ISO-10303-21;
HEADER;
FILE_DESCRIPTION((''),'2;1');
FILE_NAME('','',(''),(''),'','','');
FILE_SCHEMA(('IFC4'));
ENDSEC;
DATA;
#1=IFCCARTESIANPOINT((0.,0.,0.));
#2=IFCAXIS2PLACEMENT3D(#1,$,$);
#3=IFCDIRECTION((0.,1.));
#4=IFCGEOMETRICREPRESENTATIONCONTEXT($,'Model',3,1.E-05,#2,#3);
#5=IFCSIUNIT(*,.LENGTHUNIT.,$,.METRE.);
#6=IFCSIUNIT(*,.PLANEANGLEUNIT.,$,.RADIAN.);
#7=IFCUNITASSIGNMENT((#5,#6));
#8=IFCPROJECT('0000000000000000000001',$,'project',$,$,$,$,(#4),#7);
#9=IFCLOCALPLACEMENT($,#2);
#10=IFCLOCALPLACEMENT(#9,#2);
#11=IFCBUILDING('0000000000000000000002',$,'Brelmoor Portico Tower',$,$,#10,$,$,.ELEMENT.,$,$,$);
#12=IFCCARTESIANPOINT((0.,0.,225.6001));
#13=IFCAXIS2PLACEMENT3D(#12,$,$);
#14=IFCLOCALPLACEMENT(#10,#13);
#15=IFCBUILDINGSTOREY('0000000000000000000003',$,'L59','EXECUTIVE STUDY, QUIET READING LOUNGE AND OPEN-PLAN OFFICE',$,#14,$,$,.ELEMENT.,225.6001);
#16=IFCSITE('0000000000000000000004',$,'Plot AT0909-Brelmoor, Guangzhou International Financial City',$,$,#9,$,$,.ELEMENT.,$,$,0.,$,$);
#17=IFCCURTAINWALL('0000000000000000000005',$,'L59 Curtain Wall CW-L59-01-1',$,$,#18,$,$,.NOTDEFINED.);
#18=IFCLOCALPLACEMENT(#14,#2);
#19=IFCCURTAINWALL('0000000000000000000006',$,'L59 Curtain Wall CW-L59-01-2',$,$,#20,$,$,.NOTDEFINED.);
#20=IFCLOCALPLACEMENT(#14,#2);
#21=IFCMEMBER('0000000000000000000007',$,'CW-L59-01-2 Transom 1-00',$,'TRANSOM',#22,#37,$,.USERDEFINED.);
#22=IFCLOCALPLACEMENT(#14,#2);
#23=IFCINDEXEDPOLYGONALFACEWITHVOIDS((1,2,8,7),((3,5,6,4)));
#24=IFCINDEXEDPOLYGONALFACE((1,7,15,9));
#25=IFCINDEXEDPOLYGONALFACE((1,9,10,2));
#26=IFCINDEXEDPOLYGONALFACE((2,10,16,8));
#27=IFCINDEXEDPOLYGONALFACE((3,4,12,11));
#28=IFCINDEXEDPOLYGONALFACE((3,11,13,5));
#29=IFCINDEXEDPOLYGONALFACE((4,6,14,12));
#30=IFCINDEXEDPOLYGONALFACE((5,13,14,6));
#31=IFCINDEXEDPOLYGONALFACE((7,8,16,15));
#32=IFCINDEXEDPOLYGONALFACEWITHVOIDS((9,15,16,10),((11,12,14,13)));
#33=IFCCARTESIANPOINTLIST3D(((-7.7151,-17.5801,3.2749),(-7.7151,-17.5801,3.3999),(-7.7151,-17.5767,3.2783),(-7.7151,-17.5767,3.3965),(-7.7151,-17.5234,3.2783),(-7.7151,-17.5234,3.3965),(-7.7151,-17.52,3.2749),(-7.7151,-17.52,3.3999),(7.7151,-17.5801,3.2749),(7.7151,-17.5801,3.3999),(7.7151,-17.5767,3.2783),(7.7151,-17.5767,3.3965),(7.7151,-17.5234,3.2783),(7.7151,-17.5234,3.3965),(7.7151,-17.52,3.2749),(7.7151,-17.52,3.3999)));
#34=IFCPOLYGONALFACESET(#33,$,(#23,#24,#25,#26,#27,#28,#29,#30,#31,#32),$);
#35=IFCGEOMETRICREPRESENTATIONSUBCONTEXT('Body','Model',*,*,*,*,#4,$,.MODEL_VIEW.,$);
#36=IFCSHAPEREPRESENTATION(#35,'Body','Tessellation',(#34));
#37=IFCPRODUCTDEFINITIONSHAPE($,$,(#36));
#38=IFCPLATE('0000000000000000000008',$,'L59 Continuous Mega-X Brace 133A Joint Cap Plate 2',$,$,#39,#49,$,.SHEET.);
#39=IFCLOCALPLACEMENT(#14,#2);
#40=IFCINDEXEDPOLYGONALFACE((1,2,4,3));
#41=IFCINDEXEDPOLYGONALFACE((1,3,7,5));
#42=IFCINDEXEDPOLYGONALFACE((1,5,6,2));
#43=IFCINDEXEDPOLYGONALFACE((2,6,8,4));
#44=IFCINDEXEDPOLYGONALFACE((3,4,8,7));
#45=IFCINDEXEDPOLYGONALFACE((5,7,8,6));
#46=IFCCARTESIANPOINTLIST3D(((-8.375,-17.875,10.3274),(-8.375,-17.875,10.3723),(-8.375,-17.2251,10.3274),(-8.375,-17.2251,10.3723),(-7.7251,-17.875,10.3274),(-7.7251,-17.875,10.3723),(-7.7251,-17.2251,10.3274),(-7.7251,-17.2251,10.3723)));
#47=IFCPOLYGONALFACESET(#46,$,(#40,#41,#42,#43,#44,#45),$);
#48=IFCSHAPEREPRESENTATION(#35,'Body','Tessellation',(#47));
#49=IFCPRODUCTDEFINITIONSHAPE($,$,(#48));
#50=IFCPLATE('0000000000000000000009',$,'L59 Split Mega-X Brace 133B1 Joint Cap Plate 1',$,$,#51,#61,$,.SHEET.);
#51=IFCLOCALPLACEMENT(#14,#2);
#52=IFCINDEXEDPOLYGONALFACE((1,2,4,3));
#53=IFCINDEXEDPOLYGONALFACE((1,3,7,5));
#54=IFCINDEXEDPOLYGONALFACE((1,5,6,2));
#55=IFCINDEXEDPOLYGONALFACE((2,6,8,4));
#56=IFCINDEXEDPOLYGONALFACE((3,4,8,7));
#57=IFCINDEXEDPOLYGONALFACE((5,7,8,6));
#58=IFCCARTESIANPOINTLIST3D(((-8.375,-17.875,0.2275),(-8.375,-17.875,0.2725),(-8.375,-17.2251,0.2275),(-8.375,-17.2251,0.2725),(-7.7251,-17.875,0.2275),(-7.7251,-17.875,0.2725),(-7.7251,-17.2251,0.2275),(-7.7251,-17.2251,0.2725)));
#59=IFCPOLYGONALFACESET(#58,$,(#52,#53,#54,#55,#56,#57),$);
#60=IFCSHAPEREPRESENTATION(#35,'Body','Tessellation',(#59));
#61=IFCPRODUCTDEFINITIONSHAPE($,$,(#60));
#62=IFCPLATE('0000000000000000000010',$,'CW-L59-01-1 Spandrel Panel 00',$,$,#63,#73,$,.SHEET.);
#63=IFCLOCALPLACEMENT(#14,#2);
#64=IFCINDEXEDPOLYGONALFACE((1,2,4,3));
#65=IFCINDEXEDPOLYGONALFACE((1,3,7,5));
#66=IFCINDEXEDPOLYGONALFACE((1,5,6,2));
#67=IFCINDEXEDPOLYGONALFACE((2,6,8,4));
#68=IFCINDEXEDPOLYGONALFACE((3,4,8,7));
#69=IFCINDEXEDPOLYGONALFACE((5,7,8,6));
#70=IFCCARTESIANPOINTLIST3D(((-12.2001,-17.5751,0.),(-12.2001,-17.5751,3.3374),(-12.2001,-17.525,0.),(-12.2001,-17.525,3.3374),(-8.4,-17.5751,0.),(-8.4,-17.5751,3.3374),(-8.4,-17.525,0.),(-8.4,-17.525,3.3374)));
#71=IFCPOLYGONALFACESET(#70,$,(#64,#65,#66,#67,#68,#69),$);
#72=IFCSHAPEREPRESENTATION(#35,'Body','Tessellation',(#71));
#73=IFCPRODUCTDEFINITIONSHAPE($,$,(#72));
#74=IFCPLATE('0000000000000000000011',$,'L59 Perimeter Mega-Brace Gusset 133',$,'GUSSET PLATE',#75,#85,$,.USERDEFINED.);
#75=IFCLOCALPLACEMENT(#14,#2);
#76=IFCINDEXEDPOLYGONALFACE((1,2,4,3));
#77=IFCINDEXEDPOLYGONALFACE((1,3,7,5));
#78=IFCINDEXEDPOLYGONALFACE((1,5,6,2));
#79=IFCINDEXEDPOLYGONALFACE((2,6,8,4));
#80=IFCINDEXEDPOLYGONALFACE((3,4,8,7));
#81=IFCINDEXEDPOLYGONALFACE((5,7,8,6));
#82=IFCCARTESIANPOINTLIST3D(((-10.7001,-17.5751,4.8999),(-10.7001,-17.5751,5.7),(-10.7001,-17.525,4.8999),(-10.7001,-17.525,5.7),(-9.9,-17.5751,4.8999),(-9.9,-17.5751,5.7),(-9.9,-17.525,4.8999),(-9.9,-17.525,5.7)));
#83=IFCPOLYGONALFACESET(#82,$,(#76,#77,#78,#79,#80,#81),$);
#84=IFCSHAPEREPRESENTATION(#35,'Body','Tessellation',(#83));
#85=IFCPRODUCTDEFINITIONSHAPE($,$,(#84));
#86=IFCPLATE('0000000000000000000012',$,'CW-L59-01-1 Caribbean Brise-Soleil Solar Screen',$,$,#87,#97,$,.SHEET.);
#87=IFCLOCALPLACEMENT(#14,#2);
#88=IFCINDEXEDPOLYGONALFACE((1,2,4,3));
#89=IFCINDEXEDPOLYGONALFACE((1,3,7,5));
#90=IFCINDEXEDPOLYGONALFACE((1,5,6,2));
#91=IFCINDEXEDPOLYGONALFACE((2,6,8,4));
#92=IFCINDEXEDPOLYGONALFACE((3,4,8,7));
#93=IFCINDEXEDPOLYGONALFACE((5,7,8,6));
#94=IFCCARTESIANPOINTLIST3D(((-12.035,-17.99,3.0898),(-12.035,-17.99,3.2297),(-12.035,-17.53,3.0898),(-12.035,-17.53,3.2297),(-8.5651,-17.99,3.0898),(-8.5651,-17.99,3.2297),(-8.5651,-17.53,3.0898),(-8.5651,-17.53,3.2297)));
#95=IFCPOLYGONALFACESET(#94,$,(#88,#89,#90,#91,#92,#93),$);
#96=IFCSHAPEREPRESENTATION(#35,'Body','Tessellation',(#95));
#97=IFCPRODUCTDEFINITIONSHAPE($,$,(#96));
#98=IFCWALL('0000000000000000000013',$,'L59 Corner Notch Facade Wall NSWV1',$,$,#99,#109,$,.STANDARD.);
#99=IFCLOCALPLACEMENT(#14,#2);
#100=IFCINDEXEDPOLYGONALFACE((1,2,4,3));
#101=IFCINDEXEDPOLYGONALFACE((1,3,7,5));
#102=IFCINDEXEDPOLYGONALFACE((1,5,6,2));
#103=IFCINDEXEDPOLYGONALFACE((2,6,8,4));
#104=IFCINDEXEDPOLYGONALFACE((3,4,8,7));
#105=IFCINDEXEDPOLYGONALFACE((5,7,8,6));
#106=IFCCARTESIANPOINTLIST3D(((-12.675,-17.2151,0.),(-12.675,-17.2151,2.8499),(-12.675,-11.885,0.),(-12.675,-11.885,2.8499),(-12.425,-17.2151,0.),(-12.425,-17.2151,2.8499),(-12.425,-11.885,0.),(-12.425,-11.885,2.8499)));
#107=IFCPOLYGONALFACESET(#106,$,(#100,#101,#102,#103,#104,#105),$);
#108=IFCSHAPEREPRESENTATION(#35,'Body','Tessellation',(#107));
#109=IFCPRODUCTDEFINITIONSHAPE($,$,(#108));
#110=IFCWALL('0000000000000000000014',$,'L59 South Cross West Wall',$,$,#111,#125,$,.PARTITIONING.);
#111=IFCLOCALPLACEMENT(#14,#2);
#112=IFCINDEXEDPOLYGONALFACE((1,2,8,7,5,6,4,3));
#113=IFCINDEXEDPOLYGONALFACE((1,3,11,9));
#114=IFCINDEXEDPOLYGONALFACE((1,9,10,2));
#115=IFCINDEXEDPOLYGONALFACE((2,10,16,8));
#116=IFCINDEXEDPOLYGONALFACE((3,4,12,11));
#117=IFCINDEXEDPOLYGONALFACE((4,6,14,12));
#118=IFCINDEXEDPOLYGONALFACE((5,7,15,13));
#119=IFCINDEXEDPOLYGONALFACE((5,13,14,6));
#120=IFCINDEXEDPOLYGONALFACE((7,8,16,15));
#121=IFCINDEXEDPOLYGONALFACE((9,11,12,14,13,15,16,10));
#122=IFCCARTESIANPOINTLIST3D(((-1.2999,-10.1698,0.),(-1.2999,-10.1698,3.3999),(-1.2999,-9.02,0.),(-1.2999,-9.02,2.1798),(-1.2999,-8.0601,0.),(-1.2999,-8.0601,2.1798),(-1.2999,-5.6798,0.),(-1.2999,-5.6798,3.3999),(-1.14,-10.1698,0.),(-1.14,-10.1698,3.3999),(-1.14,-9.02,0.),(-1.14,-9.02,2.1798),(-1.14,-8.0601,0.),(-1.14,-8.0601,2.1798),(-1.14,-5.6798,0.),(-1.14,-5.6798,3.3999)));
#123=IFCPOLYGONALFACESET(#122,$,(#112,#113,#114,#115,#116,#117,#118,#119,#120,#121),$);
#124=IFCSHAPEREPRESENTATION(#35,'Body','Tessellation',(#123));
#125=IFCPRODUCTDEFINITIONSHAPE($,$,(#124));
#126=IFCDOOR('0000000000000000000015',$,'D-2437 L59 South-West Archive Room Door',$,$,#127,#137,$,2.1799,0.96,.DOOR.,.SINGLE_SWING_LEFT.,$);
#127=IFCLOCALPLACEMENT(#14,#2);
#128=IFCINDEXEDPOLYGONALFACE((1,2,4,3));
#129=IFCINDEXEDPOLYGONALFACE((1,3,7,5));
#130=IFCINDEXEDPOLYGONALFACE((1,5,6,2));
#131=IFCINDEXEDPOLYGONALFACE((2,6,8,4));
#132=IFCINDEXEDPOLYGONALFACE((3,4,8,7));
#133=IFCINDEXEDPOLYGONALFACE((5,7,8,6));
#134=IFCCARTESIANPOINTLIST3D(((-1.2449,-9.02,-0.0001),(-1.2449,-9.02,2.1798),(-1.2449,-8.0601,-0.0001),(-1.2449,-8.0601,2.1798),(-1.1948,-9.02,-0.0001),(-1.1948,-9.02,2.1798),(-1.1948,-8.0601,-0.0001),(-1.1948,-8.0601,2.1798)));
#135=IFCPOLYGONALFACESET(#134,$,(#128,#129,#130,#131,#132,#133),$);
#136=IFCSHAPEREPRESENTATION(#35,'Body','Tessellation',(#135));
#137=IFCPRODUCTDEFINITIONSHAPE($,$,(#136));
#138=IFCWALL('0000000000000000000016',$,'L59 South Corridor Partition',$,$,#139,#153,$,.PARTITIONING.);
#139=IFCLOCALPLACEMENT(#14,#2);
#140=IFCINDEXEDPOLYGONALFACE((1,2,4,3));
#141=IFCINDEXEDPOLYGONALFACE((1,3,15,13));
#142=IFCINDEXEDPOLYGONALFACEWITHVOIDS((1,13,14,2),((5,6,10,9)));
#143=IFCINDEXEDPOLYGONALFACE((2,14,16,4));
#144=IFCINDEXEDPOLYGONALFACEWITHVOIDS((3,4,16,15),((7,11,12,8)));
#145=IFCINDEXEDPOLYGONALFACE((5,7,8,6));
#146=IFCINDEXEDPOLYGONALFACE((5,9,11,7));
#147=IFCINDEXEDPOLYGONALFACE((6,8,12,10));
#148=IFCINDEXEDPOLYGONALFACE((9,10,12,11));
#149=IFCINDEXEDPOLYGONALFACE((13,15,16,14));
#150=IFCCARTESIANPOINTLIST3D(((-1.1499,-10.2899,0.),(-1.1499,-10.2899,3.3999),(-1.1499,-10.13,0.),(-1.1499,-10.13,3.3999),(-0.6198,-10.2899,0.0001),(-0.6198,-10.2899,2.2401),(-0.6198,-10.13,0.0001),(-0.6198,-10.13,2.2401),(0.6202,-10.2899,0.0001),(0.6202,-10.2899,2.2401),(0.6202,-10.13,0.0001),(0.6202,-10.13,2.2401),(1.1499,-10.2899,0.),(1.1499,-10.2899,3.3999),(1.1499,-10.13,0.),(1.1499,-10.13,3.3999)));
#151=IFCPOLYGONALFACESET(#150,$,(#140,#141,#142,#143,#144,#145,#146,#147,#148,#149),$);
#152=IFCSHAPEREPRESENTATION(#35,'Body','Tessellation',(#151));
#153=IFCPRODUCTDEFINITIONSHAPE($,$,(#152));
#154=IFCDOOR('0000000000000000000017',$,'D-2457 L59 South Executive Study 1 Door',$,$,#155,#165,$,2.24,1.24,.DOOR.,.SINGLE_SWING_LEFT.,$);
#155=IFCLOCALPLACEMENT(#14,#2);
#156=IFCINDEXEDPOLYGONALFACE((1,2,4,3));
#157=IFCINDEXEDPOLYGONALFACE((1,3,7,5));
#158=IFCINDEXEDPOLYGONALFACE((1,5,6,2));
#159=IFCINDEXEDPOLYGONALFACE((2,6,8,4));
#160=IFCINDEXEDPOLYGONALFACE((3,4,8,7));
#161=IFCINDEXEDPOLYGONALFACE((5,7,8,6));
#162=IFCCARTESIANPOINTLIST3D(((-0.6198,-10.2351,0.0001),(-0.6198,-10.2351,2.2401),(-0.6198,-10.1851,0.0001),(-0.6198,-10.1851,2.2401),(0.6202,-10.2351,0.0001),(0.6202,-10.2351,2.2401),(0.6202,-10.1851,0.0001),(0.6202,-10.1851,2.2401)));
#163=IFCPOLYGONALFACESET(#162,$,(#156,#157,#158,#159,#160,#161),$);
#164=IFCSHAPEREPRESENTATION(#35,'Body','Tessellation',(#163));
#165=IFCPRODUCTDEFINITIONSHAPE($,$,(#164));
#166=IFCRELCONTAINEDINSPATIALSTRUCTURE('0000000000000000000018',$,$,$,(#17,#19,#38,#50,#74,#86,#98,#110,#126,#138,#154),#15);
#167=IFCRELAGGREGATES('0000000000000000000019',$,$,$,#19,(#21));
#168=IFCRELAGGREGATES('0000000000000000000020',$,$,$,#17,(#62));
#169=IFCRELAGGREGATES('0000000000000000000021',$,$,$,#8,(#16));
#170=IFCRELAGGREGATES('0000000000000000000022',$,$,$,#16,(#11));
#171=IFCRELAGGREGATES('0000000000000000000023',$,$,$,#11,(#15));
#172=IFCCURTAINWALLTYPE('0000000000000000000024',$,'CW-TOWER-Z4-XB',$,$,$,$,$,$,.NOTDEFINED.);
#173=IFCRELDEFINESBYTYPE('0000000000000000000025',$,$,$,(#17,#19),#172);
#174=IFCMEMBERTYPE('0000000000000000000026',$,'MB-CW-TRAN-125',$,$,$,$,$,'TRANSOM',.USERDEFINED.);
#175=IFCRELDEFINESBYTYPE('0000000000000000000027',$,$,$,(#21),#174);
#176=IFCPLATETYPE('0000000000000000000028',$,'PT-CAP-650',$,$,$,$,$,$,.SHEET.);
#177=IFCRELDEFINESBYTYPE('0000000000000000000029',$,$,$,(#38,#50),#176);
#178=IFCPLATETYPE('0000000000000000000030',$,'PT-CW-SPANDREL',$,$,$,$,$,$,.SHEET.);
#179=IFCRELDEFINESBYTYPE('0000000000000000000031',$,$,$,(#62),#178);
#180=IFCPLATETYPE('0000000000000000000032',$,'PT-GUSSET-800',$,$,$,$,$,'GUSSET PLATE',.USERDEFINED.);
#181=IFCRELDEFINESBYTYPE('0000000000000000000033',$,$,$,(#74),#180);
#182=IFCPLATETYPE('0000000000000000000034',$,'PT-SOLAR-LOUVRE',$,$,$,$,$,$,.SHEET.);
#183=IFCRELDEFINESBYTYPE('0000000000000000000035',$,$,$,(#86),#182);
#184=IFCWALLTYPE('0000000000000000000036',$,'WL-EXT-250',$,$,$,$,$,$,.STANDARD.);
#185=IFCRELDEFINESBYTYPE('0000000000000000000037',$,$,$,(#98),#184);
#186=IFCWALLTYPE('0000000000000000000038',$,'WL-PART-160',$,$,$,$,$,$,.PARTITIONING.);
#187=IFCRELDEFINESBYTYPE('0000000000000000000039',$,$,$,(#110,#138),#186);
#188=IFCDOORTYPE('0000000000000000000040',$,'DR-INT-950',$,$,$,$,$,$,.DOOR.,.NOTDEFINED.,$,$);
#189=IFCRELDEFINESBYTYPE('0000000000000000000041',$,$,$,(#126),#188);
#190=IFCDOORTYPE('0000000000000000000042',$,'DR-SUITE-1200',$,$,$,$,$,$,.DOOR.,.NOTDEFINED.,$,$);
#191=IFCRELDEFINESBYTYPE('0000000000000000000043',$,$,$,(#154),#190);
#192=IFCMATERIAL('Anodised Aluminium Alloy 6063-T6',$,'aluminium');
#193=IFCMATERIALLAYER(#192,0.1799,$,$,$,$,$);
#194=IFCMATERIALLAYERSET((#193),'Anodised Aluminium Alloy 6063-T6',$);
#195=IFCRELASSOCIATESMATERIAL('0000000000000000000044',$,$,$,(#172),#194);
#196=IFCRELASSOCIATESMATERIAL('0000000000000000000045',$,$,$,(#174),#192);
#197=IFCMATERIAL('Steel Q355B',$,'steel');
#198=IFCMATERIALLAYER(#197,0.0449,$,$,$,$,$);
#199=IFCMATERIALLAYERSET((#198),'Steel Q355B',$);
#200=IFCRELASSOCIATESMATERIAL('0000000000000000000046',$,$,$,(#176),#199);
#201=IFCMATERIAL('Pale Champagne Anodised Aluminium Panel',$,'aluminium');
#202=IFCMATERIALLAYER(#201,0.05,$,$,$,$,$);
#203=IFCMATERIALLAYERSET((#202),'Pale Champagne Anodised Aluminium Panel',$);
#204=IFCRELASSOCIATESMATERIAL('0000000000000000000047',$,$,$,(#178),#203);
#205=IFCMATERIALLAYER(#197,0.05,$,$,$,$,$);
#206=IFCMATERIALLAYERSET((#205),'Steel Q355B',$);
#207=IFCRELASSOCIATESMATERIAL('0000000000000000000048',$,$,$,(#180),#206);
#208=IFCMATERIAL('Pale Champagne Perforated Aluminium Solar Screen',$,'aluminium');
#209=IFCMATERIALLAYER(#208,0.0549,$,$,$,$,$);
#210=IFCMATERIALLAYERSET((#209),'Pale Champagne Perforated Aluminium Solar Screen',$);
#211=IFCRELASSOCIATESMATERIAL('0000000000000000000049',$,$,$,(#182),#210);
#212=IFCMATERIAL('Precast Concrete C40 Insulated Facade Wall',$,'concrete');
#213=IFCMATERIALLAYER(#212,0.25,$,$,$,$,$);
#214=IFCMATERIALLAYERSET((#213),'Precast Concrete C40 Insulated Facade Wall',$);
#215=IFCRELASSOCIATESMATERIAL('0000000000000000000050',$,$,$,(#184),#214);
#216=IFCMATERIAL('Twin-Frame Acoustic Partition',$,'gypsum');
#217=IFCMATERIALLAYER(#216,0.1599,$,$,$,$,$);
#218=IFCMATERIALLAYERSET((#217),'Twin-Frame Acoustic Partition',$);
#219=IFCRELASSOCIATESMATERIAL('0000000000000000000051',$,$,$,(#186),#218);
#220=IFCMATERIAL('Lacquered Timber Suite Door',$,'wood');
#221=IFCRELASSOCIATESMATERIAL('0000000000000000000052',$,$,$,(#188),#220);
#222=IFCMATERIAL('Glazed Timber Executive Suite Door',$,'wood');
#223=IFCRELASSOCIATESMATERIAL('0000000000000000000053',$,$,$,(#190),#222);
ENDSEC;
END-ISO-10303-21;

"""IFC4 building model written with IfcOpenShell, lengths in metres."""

from ifc_helpers import new_model, si_unit, direction, frame, frame_2d, origin, origin_2d, place, context, subcontext, project, spatial, rectangle, hollow_rectangle, extrude, material, layer, layer_set, material_profile, profile_set, type_object, element, fill, aggregate, save


model = new_model("IFC4")

# Units and contexts
model_context = context("Model", 3, precision=1e-05, world=origin(), true_north=direction((0.0, 1.0)))
body_context = subcontext(model_context, "Body", "Model", "MODEL_VIEW")
ifc_project = project(units=[si_unit("LENGTHUNIT", "METRE"), si_unit("PLANEANGLEUNIT", "RADIAN")], contexts=[model_context])

# Site, building, storey
site_placement = place(None, origin())
site = spatial("IfcSite", under=ifc_project, at=site_placement, Name="Plot AT0909-Brelmoor, Guangzhou International Financial City", CompositionType="ELEMENT", RefElevation=0.0)
building_placement = place(site_placement, origin())
building = spatial("IfcBuilding", under=site, at=building_placement, Name="Brelmoor Portico Tower", CompositionType="ELEMENT")
storey_placement = place(building_placement, frame((0.0, 0.0, 225.6001)))
storey = spatial("IfcBuildingStorey", under=building, at=storey_placement, Name="L59", Description="EXECUTIVE STUDY, QUIET READING LOUNGE AND OPEN-PLAN OFFICE", CompositionType="ELEMENT", Elevation=225.6001)

# Shared definitions
ifc_material_1 = material(Name="Steel Q355B", Category="steel")

# Curtain wall
ifc_material_2 = material(Name="Anodised Aluminium Alloy 6063-T6", Category="aluminium")
ifc_layer_1 = layer(ifc_material_2, 0.1799)
ifc_layer_set_1 = layer_set([ifc_layer_1], Name="Anodised Aluminium Alloy 6063-T6")
curtain_wall_type = type_object("IfcCurtainWallType", Name="CW-TOWER-Z4-XB", PredefinedType="NOTDEFINED", material=ifc_layer_set_1)
curtain_wall_1_placement = place(storey_placement, origin())
curtain_wall_1 = element("IfcCurtainWall", 1, at=curtain_wall_1_placement, inside=storey, type_object=curtain_wall_type, Name="L59 Curtain Wall CW-L59-01-1", PredefinedType="NOTDEFINED")

# Curtain wall
curtain_wall_2_placement = place(storey_placement, origin())
curtain_wall_2 = element("IfcCurtainWall", 2, at=curtain_wall_2_placement, inside=storey, type_object=curtain_wall_type, Name="L59 Curtain Wall CW-L59-01-2", PredefinedType="NOTDEFINED")

# Member
ifc_material_profile_1 = material_profile(ifc_material_2, hollow_rectangle(XDim=0.0601, YDim=0.125, WallThickness=0.0034, at=origin_2d()), Name="ALU TRANSOM 60x125")
ifc_profile_set_1 = profile_set([ifc_material_profile_1], Name="Anodised Aluminium Alloy 6063-T6")
member_type_1 = type_object("IfcMemberType", Name="MB-CW-TRAN-125", ElementType="TRANSOM", PredefinedType="USERDEFINED", material=ifc_profile_set_1)
member_1_placement = place(storey_placement, frame((-7.7151, -17.55, 3.3374), z_axis=(1.0, 0.0, 0.0), x_axis=(0.0, 1.0, 0.0)))
member_1 = element("IfcMember", 3, at=member_1_placement, type_object=member_type_1, Name="CW-L59-01-2 Transom 1-00", ObjectType="TRANSOM", PredefinedType="USERDEFINED", context=body_context, shape_type="SweptSolid", body=[
    extrude(hollow_rectangle(XDim=0.0601, YDim=0.125, WallThickness=0.0034, at=origin_2d()), origin(), (0.0, 0.0, 1.0), 15.4302),
])
aggregate(curtain_wall_2, [member_1])

# Plates
ifc_layer_2 = layer(ifc_material_1, 0.0449)
ifc_layer_set_2 = layer_set([ifc_layer_2], Name="Steel Q355B")
plate_type_1 = type_object("IfcPlateType", Name="PT-CAP-650", PredefinedType="SHEET", material=ifc_layer_set_2)
for number, where, z_axis, x_axis, name in (
    (4, (-8.05, -17.55, 10.3274), (0.0, 0.0, 1.0), (1.0, 0.0, 0.0), "L59 Continuous Mega-X Brace 133A Joint Cap Plate 2"),
    (5, (-8.05, -17.55, 0.2275), (0.0, 0.0, 1.0), (1.0, 0.0, 0.0), "L59 Split Mega-X Brace 133B1 Joint Cap Plate 1"),
):
    element("IfcPlate", number, at=place(storey_placement, frame(where, z_axis=z_axis, x_axis=x_axis)), inside=storey, type_object=plate_type_1, Name=name, PredefinedType="SHEET", context=body_context, shape_type="SweptSolid", body=[
        extrude(rectangle(XDim=0.6499, YDim=0.6499, at=origin_2d()), origin(), (0.0, 0.0, 1.0), 0.0449),
    ])

# Plate
ifc_material_3 = material(Name="Pale Champagne Anodised Aluminium Panel", Category="aluminium")
ifc_layer_3 = layer(ifc_material_3, 0.05)
ifc_layer_set_3 = layer_set([ifc_layer_3], Name="Pale Champagne Anodised Aluminium Panel")
plate_type_2 = type_object("IfcPlateType", Name="PT-CW-SPANDREL", PredefinedType="SHEET", material=ifc_layer_set_3)
plate_1_placement = place(storey_placement, frame((-10.3, -17.55, 0.0), z_axis=(0.0, 0.0, 1.0), x_axis=(1.0, 0.0, 0.0)))
plate_1 = element("IfcPlate", 6, at=plate_1_placement, type_object=plate_type_2, Name="CW-L59-01-1 Spandrel Panel 00", PredefinedType="SHEET", context=body_context, shape_type="SweptSolid", body=[
    extrude(rectangle(XDim=3.8, YDim=0.05, at=origin_2d()), origin(), (0.0, 0.0, 1.0), 3.3374),
])
aggregate(curtain_wall_1, [plate_1])

# Plates
ifc_layer_4 = layer(ifc_material_1, 0.05)
ifc_layer_set_4 = layer_set([ifc_layer_4], Name="Steel Q355B")
plate_type_3 = type_object("IfcPlateType", Name="PT-GUSSET-800", ElementType="GUSSET PLATE", PredefinedType="USERDEFINED", material=ifc_layer_set_4)
plate_2_placement = place(storey_placement, frame((-10.3, -17.55, 4.8999), z_axis=(0.0, 0.0, 1.0), x_axis=(1.0, 0.0, 0.0)))
element("IfcPlate", 7, at=plate_2_placement, inside=storey, type_object=plate_type_3, Name="L59 Perimeter Mega-Brace Gusset 133", ObjectType="GUSSET PLATE", PredefinedType="USERDEFINED", context=body_context, shape_type="SweptSolid", body=[
    extrude(rectangle(XDim=0.8, YDim=0.05, at=origin_2d()), origin(), (0.0, 0.0, 1.0), 0.8),
])
ifc_material_4 = material(Name="Pale Champagne Perforated Aluminium Solar Screen", Category="aluminium")
ifc_layer_5 = layer(ifc_material_4, 0.0549)
ifc_layer_set_5 = layer_set([ifc_layer_5], Name="Pale Champagne Perforated Aluminium Solar Screen")
plate_type_4 = type_object("IfcPlateType", Name="PT-SOLAR-LOUVRE", PredefinedType="SHEET", material=ifc_layer_set_5)
plate_3_placement = place(storey_placement, frame((-10.3, -17.76, 3.0898), z_axis=(0.0, 0.0, 1.0), x_axis=(1.0, 0.0, 0.0)))
element("IfcPlate", 8, at=plate_3_placement, inside=storey, type_object=plate_type_4, Name="CW-L59-01-1 Caribbean Brise-Soleil Solar Screen", PredefinedType="SHEET", context=body_context, shape_type="SweptSolid", body=[
    extrude(rectangle(XDim=3.47, YDim=0.46, at=origin_2d()), origin(), (0.0, 0.0, 1.0), 0.1399),
])

# Wall
ifc_material_5 = material(Name="Precast Concrete C40 Insulated Facade Wall", Category="concrete")
ifc_layer_6 = layer(ifc_material_5, 0.25)
ifc_layer_set_6 = layer_set([ifc_layer_6], Name="Precast Concrete C40 Insulated Facade Wall")
wall_type_1 = type_object("IfcWallType", Name="WL-EXT-250", PredefinedType="STANDARD", material=ifc_layer_set_6)
wall_1_placement = place(storey_placement, frame((-12.55, -17.2151, 0.0), z_axis=(0.0, 0.0, 1.0), x_axis=(0.0, 1.0, 0.0)))
element("IfcWall", 9, at=wall_1_placement, inside=storey, type_object=wall_type_1, Name="L59 Corner Notch Facade Wall NSWV1", PredefinedType="STANDARD", context=body_context, shape_type="SweptSolid", body=[
    extrude(rectangle(XDim=5.3301, YDim=0.25, at=frame_2d((2.665, 0.0))), origin(), (0.0, 0.0, 1.0), 2.8499),
])

# Walls, openings, doors
ifc_material_6 = material(Name="Twin-Frame Acoustic Partition", Category="gypsum")
ifc_layer_7 = layer(ifc_material_6, 0.1599)
ifc_layer_set_7 = layer_set([ifc_layer_7], Name="Twin-Frame Acoustic Partition")
wall_type_2 = type_object("IfcWallType", Name="WL-PART-160", PredefinedType="PARTITIONING", material=ifc_layer_set_7)
wall_2_placement = place(storey_placement, frame((-1.22, -10.1699, 0.0), z_axis=(0.0, 0.0, 1.0), x_axis=(0.0, 1.0, 0.0)))
wall_2 = element("IfcWall", 10, at=wall_2_placement, inside=storey, type_object=wall_type_2, Name="L59 South Cross West Wall", PredefinedType="PARTITIONING", context=body_context, shape_type="SweptSolid", body=[
    extrude(rectangle(XDim=4.49, YDim=0.1599, at=frame_2d((2.2451, 0.0))), origin(), (0.0, 0.0, 1.0), 3.3999),
])
opening_1_placement = place(wall_2_placement, frame((1.1499, 0.0, 0.0)))
opening_1 = element("IfcOpeningElement", 11, at=opening_1_placement, cuts=wall_2, PredefinedType="OPENING", context=body_context, shape_type="SweptSolid", body=[
    extrude(rectangle(XDim=0.96, YDim=2.1799, at=frame_2d((0.48, 1.0898))), frame((0.0, 0.0898, 0.0), z_axis=(0.0, -1.0, 0.0), x_axis=(1.0, 0.0, 0.0)), (0.0, 0.0, 1.0), 0.1799),
])
ifc_material_7 = material(Name="Lacquered Timber Suite Door", Category="wood")
door_type_1 = type_object("IfcDoorType", Name="DR-INT-950", OperationType="NOTDEFINED", PredefinedType="DOOR", material=ifc_material_7)
door_1_placement = place(opening_1_placement, origin())
door_1 = element("IfcDoor", 12, at=door_1_placement, inside=storey, type_object=door_type_1, Name="D-2437 L59 South-West Archive Room Door", OperationType="SINGLE_SWING_LEFT", OverallHeight=2.1799, OverallWidth=0.96, PredefinedType="DOOR", context=body_context, shape_type="SweptSolid", body=[
    extrude(rectangle(XDim=0.96, YDim=2.1799, at=frame_2d((0.48, 1.0898))), frame((0.0, 0.0249, 0.0), z_axis=(0.0, -1.0, 0.0), x_axis=(1.0, 0.0, 0.0)), (0.0, 0.0, 1.0), 0.05),
])
fill(opening_1, door_1)
wall_3_placement = place(storey_placement, frame((-1.1499, -10.21, 0.0), z_axis=(0.0, 0.0, 1.0), x_axis=(1.0, 0.0, 0.0)))
wall_3 = element("IfcWall", 13, at=wall_3_placement, inside=storey, type_object=wall_type_2, Name="L59 South Corridor Partition", PredefinedType="PARTITIONING", context=body_context, shape_type="SweptSolid", body=[
    extrude(rectangle(XDim=2.2998, YDim=0.1599, at=frame_2d((1.1499, 0.0))), origin(), (0.0, 0.0, 1.0), 3.3999),
])
opening_2_placement = place(wall_3_placement, frame((0.53, 0.0, 0.0)))
opening_2 = element("IfcOpeningElement", 14, at=opening_2_placement, cuts=wall_3, PredefinedType="OPENING", context=body_context, shape_type="SweptSolid", body=[
    extrude(rectangle(XDim=1.24, YDim=2.24, at=frame_2d((0.6201, 1.1201))), frame((0.0, 0.0898, 0.0), z_axis=(0.0, -1.0, 0.0), x_axis=(1.0, 0.0, 0.0)), (0.0, 0.0, 1.0), 0.1799),
])
ifc_material_8 = material(Name="Glazed Timber Executive Suite Door", Category="wood")
door_type_2 = type_object("IfcDoorType", Name="DR-SUITE-1200", OperationType="NOTDEFINED", PredefinedType="DOOR", material=ifc_material_8)
door_2_placement = place(opening_2_placement, origin())
door_2 = element("IfcDoor", 15, at=door_2_placement, inside=storey, type_object=door_type_2, Name="D-2457 L59 South Executive Study 1 Door", OperationType="SINGLE_SWING_LEFT", OverallHeight=2.24, OverallWidth=1.24, PredefinedType="DOOR", context=body_context, shape_type="SweptSolid", body=[
    extrude(rectangle(XDim=1.24, YDim=2.24, at=frame_2d((0.6201, 1.1201))), frame((0.0, 0.0249, 0.0), z_axis=(0.0, -1.0, 0.0), x_axis=(1.0, 0.0, 0.0)), (0.0, 0.0, 1.0), 0.05),
])
fill(opening_2, door_2)

save(model, "model.ifc")
